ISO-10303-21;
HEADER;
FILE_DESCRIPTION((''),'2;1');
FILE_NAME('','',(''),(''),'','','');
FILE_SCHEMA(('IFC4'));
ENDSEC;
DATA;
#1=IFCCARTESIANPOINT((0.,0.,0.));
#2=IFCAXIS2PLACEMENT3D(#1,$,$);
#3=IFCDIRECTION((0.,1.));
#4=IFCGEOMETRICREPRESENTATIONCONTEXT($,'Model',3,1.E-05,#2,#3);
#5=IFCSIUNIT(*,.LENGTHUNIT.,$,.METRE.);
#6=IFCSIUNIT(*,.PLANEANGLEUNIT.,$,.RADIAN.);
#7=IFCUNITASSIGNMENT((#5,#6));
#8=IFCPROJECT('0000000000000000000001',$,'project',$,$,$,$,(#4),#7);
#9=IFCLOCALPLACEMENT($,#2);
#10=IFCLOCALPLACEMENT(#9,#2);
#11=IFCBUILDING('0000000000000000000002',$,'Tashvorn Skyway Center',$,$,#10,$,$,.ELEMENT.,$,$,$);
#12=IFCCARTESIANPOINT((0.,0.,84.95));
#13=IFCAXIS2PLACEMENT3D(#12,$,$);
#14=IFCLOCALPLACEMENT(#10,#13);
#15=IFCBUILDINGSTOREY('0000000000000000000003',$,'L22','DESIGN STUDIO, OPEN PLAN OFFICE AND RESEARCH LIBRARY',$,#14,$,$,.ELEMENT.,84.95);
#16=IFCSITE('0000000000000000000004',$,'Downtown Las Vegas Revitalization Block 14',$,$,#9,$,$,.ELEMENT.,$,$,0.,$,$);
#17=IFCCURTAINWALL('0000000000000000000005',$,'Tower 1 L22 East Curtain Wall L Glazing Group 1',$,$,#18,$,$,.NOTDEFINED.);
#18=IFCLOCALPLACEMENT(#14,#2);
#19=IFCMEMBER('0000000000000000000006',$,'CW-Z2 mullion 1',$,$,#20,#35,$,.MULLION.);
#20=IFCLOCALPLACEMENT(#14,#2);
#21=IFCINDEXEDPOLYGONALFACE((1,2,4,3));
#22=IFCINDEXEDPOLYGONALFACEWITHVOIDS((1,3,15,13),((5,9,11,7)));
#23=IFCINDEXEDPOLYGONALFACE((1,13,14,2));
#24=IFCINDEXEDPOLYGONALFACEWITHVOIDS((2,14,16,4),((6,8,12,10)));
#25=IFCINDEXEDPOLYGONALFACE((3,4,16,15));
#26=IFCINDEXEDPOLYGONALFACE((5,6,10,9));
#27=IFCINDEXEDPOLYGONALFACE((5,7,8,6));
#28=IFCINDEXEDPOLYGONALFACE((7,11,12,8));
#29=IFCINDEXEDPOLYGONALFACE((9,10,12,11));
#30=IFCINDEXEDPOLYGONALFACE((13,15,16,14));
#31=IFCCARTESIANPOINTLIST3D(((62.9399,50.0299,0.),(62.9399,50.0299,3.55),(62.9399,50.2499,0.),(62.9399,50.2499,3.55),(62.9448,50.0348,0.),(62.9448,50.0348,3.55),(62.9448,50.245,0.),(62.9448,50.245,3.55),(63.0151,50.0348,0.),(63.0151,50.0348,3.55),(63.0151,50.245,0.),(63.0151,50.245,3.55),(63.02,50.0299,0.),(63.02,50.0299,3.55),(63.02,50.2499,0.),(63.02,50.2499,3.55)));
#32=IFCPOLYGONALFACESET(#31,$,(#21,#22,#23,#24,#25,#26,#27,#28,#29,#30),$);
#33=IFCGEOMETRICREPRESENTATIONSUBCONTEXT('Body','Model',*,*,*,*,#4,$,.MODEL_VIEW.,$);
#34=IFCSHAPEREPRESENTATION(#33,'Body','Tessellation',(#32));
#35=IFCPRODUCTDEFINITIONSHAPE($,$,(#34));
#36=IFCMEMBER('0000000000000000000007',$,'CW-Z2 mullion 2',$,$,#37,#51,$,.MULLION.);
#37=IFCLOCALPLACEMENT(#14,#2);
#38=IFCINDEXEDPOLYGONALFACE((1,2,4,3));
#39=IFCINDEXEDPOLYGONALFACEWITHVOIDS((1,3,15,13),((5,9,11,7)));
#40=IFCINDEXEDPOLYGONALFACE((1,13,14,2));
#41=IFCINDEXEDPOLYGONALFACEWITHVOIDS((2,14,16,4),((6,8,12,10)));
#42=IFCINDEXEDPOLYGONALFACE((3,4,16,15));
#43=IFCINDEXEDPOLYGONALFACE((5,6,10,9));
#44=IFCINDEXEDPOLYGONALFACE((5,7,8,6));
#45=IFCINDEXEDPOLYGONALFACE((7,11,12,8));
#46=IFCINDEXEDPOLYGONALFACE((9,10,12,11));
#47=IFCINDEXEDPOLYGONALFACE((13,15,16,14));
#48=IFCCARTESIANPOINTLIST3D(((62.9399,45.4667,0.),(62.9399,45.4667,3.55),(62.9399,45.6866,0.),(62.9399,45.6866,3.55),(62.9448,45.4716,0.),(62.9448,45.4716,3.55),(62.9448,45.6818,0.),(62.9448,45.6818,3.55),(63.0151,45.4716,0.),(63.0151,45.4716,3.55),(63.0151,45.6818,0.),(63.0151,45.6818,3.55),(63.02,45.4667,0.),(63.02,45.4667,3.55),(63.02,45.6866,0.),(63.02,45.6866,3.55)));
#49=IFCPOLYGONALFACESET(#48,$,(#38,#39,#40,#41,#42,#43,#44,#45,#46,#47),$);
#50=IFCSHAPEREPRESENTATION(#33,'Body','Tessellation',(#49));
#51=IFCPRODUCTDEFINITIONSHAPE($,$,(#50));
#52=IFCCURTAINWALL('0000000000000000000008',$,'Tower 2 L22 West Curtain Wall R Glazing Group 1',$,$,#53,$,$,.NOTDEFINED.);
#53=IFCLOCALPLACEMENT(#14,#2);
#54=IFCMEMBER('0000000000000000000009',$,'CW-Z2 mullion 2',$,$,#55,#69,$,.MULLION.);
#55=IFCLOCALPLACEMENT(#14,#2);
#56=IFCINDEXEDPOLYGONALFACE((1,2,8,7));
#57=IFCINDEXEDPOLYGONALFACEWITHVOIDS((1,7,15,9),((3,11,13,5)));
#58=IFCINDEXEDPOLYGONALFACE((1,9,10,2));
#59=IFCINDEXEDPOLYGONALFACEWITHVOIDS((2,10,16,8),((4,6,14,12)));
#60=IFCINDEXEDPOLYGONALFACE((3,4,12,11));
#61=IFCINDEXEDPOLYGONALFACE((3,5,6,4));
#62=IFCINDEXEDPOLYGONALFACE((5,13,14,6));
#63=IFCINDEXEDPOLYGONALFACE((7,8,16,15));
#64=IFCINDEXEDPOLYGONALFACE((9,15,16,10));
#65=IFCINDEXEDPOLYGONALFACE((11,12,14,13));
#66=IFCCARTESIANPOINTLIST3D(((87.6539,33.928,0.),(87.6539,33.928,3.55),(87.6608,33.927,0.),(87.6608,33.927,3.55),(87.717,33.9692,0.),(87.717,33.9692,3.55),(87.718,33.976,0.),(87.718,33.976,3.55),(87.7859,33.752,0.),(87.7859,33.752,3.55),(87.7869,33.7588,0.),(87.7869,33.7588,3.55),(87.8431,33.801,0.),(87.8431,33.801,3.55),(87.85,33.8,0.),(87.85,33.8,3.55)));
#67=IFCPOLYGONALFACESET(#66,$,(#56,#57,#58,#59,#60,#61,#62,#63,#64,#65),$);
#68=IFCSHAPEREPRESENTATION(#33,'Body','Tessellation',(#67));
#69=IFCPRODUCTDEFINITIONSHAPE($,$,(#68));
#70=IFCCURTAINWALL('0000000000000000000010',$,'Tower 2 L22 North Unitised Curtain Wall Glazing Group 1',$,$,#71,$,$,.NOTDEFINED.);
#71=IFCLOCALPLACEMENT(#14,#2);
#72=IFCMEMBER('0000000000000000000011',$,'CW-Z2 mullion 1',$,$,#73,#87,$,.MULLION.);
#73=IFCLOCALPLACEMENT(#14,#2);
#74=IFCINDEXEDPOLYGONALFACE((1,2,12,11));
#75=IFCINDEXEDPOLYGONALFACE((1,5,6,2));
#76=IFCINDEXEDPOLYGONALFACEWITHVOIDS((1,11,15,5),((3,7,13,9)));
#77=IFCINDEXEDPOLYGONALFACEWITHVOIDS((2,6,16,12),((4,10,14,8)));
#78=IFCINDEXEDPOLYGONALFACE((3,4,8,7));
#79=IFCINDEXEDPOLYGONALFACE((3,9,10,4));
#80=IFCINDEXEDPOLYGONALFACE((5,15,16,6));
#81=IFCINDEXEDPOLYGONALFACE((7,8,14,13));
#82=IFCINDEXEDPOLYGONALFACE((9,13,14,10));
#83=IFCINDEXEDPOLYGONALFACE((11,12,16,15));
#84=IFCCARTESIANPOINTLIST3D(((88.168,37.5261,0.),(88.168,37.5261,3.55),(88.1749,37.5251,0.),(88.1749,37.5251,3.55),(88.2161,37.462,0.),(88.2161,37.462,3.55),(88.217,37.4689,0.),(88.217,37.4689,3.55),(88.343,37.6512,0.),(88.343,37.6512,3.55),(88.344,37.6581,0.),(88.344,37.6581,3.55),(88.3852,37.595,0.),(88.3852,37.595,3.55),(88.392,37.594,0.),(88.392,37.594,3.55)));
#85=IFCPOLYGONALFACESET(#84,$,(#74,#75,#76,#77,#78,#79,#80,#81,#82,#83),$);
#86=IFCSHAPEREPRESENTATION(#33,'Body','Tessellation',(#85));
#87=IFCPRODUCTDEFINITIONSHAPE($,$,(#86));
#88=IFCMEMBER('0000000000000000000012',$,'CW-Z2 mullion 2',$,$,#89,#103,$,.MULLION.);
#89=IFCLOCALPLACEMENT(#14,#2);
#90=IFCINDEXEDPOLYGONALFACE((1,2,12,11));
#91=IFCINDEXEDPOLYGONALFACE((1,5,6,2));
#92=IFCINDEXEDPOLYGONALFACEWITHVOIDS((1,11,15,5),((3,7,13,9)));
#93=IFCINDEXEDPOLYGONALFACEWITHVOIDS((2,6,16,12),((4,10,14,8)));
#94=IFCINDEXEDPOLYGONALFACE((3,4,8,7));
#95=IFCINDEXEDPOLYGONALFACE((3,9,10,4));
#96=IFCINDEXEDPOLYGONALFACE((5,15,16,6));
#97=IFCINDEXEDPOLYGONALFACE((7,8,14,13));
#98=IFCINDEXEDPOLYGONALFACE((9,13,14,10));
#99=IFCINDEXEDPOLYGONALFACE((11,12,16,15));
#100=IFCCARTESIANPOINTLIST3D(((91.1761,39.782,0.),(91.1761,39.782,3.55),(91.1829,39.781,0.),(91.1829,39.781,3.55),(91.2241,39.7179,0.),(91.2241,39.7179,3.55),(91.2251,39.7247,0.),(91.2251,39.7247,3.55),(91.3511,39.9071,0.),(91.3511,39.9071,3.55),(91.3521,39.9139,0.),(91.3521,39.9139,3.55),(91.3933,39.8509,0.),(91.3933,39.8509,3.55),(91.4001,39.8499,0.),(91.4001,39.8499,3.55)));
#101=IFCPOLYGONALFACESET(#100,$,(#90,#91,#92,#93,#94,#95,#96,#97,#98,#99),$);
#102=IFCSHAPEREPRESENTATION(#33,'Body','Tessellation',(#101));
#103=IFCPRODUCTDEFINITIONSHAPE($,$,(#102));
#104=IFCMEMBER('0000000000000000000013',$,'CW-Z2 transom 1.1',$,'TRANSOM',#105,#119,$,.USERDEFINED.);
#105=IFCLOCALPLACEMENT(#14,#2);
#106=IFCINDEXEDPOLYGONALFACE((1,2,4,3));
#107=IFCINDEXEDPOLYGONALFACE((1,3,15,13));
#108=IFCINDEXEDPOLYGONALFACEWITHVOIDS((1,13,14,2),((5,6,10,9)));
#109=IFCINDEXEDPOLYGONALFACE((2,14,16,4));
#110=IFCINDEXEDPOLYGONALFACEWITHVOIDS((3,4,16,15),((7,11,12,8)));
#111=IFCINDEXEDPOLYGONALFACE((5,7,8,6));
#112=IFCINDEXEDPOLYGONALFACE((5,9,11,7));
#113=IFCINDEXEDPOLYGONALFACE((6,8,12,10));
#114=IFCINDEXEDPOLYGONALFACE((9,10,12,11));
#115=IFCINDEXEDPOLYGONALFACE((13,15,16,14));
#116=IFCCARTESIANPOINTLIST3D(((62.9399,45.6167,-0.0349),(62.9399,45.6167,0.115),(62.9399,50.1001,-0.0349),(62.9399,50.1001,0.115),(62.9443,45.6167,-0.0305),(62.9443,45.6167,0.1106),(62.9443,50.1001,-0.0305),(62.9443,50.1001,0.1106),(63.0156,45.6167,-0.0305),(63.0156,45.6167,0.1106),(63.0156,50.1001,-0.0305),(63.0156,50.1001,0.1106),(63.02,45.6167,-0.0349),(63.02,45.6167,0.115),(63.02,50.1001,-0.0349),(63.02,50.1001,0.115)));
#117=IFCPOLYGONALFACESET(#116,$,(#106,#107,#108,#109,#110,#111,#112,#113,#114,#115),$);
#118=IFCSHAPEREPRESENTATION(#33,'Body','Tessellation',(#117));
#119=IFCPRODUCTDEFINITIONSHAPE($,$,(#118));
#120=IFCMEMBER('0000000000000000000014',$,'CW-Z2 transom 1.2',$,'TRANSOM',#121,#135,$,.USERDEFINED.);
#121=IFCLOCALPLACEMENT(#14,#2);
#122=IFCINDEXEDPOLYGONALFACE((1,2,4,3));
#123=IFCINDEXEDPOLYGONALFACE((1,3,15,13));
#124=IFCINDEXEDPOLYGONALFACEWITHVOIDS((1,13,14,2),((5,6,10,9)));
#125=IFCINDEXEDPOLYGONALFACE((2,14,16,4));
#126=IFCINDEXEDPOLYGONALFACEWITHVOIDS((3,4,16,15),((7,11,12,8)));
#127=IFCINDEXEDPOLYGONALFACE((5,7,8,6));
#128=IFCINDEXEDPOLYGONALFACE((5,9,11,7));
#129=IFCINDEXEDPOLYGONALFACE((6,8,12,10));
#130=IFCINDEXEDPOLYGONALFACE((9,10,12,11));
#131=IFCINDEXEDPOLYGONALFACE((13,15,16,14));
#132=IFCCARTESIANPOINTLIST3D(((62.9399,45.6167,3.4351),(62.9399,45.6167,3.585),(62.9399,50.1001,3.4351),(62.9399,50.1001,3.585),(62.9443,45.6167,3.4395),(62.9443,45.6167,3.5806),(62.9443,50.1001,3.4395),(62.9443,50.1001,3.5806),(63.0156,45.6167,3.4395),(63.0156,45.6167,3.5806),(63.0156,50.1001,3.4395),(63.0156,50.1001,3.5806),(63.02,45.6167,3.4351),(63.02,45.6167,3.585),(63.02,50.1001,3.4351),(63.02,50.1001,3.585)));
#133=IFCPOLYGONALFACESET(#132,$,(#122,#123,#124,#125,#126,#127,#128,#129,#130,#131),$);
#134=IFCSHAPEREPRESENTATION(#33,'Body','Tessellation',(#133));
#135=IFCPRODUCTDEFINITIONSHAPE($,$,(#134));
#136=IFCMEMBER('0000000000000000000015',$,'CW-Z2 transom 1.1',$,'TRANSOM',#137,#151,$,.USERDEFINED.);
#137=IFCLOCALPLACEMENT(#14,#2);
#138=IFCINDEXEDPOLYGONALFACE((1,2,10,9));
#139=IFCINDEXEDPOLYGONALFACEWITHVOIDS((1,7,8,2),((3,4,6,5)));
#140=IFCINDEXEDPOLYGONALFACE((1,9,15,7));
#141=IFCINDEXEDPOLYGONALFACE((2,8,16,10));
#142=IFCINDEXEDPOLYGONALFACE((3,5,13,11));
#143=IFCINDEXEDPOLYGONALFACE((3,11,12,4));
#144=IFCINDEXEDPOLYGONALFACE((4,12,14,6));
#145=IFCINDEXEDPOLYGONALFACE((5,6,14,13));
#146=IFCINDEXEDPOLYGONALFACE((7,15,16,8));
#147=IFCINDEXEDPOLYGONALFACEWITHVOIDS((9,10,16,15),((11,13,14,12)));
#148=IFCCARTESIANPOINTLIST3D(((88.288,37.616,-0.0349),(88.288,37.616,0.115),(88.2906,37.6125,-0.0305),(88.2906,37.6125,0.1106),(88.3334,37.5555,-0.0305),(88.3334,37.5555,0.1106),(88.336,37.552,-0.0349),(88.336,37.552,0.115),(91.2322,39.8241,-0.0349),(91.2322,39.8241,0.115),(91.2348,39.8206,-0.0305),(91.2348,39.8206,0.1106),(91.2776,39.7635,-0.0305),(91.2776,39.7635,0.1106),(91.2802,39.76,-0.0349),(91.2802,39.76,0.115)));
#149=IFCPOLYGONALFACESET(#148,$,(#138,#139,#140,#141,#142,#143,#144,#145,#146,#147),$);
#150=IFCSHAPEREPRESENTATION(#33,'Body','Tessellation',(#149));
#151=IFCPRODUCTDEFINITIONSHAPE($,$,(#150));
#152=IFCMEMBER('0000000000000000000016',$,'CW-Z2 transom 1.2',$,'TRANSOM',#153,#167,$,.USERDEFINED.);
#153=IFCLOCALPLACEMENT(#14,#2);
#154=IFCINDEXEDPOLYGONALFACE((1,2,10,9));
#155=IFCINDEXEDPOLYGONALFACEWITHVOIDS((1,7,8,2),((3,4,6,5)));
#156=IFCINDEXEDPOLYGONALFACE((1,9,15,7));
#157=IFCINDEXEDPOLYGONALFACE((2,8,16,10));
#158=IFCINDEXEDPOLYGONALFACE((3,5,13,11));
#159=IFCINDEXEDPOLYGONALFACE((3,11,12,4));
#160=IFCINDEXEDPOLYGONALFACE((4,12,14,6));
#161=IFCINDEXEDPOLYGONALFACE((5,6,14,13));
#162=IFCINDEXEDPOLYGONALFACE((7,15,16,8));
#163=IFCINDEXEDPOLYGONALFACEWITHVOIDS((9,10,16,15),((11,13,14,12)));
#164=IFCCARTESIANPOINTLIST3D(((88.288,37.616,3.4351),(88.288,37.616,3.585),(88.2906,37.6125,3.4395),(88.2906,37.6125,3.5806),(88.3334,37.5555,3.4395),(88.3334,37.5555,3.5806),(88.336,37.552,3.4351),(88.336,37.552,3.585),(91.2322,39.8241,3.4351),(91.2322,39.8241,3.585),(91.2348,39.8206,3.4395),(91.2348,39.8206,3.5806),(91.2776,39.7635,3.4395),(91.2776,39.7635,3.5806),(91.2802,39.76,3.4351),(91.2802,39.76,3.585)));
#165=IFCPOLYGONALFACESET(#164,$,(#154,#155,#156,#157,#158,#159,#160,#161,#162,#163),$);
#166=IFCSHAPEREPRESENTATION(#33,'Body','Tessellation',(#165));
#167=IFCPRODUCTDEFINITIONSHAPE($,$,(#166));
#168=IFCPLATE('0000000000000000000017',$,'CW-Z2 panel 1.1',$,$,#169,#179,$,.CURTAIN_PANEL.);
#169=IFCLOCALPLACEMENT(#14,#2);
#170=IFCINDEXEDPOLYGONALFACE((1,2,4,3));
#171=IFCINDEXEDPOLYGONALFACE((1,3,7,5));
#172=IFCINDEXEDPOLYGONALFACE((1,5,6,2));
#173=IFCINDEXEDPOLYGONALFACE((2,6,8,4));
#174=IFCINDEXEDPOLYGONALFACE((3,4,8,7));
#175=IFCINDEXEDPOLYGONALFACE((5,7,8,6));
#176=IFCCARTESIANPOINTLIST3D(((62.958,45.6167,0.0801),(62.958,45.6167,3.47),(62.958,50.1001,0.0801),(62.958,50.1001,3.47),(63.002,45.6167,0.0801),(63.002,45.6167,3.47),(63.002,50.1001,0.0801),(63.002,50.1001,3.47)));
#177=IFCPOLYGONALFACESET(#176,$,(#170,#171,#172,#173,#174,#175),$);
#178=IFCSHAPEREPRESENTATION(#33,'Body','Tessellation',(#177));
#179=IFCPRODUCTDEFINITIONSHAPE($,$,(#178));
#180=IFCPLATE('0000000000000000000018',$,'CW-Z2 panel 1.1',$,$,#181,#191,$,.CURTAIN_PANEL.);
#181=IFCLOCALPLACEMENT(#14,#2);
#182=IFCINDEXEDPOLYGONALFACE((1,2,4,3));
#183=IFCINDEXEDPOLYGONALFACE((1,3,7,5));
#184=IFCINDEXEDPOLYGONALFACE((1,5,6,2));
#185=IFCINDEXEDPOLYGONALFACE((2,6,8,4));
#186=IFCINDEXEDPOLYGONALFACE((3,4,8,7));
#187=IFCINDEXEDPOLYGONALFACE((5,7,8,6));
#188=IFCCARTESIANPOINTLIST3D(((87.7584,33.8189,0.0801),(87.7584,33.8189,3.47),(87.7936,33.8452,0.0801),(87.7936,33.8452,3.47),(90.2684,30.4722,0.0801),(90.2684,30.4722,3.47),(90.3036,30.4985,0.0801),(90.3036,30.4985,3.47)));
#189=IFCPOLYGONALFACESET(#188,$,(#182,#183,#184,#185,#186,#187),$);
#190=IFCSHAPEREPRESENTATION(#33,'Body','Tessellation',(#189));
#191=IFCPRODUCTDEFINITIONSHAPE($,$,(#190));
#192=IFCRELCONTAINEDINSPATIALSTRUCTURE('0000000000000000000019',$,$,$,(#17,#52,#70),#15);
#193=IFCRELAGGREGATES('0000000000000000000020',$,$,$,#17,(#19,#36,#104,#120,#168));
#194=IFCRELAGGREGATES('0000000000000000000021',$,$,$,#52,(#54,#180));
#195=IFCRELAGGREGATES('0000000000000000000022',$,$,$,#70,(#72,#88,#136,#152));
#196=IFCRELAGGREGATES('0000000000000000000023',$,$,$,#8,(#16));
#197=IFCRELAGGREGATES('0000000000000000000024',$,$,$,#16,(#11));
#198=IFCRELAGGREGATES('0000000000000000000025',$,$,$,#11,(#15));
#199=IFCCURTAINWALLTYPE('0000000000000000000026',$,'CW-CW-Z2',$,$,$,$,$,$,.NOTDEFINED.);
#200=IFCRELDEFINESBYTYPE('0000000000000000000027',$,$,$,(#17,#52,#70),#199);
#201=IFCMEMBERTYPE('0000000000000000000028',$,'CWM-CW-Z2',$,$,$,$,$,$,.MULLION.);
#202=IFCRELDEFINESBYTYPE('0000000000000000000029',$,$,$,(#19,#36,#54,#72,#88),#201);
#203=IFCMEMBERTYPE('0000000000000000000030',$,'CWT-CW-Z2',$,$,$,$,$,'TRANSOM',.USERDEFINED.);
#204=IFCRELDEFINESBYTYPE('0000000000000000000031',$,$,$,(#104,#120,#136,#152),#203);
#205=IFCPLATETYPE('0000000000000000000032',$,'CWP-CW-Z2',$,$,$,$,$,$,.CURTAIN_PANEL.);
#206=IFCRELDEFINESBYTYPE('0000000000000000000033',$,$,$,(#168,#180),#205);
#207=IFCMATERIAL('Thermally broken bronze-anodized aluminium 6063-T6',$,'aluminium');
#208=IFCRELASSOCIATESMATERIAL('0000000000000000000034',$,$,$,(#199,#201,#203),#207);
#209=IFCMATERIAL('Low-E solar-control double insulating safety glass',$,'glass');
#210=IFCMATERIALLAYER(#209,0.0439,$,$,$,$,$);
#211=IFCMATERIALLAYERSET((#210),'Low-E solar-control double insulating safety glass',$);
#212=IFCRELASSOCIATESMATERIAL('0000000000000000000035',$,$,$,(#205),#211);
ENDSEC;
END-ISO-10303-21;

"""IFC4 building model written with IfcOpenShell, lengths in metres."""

from ifc_helpers import new_model, si_unit, direction, frame, origin, origin_2d, place, context, subcontext, project, spatial, rectangle, hollow_rectangle, extrude, material, layer, layer_set, material_profile, profile_set, type_object, element, aggregate, save


model = new_model("IFC4")

# Units and contexts
model_context = context("Model", 3, precision=1e-05, world=origin(), true_north=direction((0.0, 1.0)))
body_context = subcontext(model_context, "Body", "Model", "MODEL_VIEW")
ifc_project = project(units=[si_unit("LENGTHUNIT", "METRE"), si_unit("PLANEANGLEUNIT", "RADIAN")], contexts=[model_context])

# Site, building, storey
site_placement = place(None, origin())
site = spatial("IfcSite", under=ifc_project, at=site_placement, Name="Downtown Las Vegas Revitalization Block 14", CompositionType="ELEMENT", RefElevation=0.0)
building_placement = place(site_placement, origin())
building = spatial("IfcBuilding", under=site, at=building_placement, Name="Tashvorn Skyway Center", CompositionType="ELEMENT")
storey_placement = place(building_placement, frame((0.0, 0.0, 84.95)))
storey = spatial("IfcBuildingStorey", under=building, at=storey_placement, Name="L22", Description="DESIGN STUDIO, OPEN PLAN OFFICE AND RESEARCH LIBRARY", CompositionType="ELEMENT", Elevation=84.95)

# Shared definitions
ifc_material_1 = material(Name="Thermally broken bronze-anodized aluminium 6063-T6", Category="aluminium")
curtain_wall_type = type_object("IfcCurtainWallType", Name="CW-CW-Z2", PredefinedType="NOTDEFINED", material=ifc_material_1)
ifc_material_profile_1 = material_profile(ifc_material_1, hollow_rectangle(XDim=0.0801, YDim=0.22, WallThickness=0.0049, at=origin_2d()), Name="ALU-MULL-80x220")
ifc_profile_set_1 = profile_set([ifc_material_profile_1], Name="Thermally broken bronze-anodized aluminium 6063-T6")
member_type_1 = type_object("IfcMemberType", Name="CWM-CW-Z2", PredefinedType="MULLION", material=ifc_profile_set_1)

# Curtain wall, members
curtain_wall_1_placement = place(storey_placement, origin())
curtain_wall_1 = element("IfcCurtainWall", 1, at=curtain_wall_1_placement, inside=storey, type_object=curtain_wall_type, Name="Tower 1 L22 East Curtain Wall L Glazing Group 1", PredefinedType="NOTDEFINED")
member_1_placement = place(storey_placement, frame((62.98, 50.1399, 0.0), z_axis=(0.0, 0.0, 1.0), x_axis=(1.0, 0.0, 0.0)))
member_1 = element("IfcMember", 2, at=member_1_placement, type_object=member_type_1, Name="CW-Z2 mullion 1", PredefinedType="MULLION", context=body_context, shape_type="SweptSolid", body=[
    extrude(hollow_rectangle(XDim=0.0801, YDim=0.22, WallThickness=0.0049, at=origin_2d()), origin(), (0.0, 0.0, 1.0), 3.55),
])
member_2_placement = place(storey_placement, frame((62.98, 45.5767, 0.0), z_axis=(0.0, 0.0, 1.0), x_axis=(1.0, 0.0, 0.0)))
member_2 = element("IfcMember", 3, at=member_2_placement, type_object=member_type_1, Name="CW-Z2 mullion 2", PredefinedType="MULLION", context=body_context, shape_type="SweptSolid", body=[
    extrude(hollow_rectangle(XDim=0.0801, YDim=0.22, WallThickness=0.0049, at=origin_2d()), origin(), (0.0, 0.0, 1.0), 3.55),
])

# Curtain wall, member
curtain_wall_2_placement = place(storey_placement, origin())
curtain_wall_2 = element("IfcCurtainWall", 4, at=curtain_wall_2_placement, inside=storey, type_object=curtain_wall_type, Name="Tower 2 L22 West Curtain Wall R Glazing Group 1", PredefinedType="NOTDEFINED")
member_3_placement = place(storey_placement, frame((87.752, 33.864, 0.0), z_axis=(0.0, 0.0, 1.0), x_axis=(-0.800003, -0.599996, 0.0)))
member_3 = element("IfcMember", 5, at=member_3_placement, type_object=member_type_1, Name="CW-Z2 mullion 2", PredefinedType="MULLION", context=body_context, shape_type="SweptSolid", body=[
    extrude(hollow_rectangle(XDim=0.0801, YDim=0.22, WallThickness=0.0049, at=origin_2d()), origin(), (0.0, 0.0, 1.0), 3.55),
])

# Curtain wall, members
curtain_wall_3_placement = place(storey_placement, origin())
curtain_wall_3 = element("IfcCurtainWall", 6, at=curtain_wall_3_placement, inside=storey, type_object=curtain_wall_type, Name="Tower 2 L22 North Unitised Curtain Wall Glazing Group 1", PredefinedType="NOTDEFINED")
member_4_placement = place(storey_placement, frame((88.28, 37.5601, 0.0), z_axis=(0.0, 0.0, 1.0), x_axis=(-0.6, 0.8, 0.0)))
member_4 = element("IfcMember", 7, at=member_4_placement, type_object=member_type_1, Name="CW-Z2 mullion 1", PredefinedType="MULLION", context=body_context, shape_type="SweptSolid", body=[
    extrude(hollow_rectangle(XDim=0.0801, YDim=0.22, WallThickness=0.0049, at=origin_2d()), origin(), (0.0, 0.0, 1.0), 3.55),
])
member_5_placement = place(storey_placement, frame((91.2881, 39.8159, 0.0), z_axis=(0.0, 0.0, 1.0), x_axis=(-0.6, 0.8, 0.0)))
member_5 = element("IfcMember", 8, at=member_5_placement, type_object=member_type_1, Name="CW-Z2 mullion 2", PredefinedType="MULLION", context=body_context, shape_type="SweptSolid", body=[
    extrude(hollow_rectangle(XDim=0.0801, YDim=0.22, WallThickness=0.0049, at=origin_2d()), origin(), (0.0, 0.0, 1.0), 3.55),
])

# Members
ifc_material_profile_2 = material_profile(ifc_material_1, hollow_rectangle(XDim=0.0801, YDim=0.1499, WallThickness=0.0044, at=origin_2d()), Name="ALU-TRAN-80x150")
ifc_profile_set_2 = profile_set([ifc_material_profile_2], Name="Thermally broken bronze-anodized aluminium 6063-T6")
member_type_2 = type_object("IfcMemberType", Name="CWT-CW-Z2", ElementType="TRANSOM", PredefinedType="USERDEFINED", material=ifc_profile_set_2)
member_6_placement = place(storey_placement, frame((62.98, 50.1001, 0.04), z_axis=(0.0, -1.0, 0.0), x_axis=(1.0, 0.0, 0.0)))
member_6 = element("IfcMember", 9, at=member_6_placement, type_object=member_type_2, Name="CW-Z2 transom 1.1", ObjectType="TRANSOM", PredefinedType="USERDEFINED", context=body_context, shape_type="SweptSolid", body=[
    extrude(hollow_rectangle(XDim=0.0801, YDim=0.1499, WallThickness=0.0044, at=origin_2d()), origin(), (0.0, 0.0, 1.0), 4.4834),
])
member_7_placement = place(storey_placement, frame((62.98, 50.1001, 3.51), z_axis=(0.0, -1.0, 0.0), x_axis=(1.0, 0.0, 0.0)))
member_7 = element("IfcMember", 10, at=member_7_placement, type_object=member_type_2, Name="CW-Z2 transom 1.2", ObjectType="TRANSOM", PredefinedType="USERDEFINED", context=body_context, shape_type="SweptSolid", body=[
    extrude(hollow_rectangle(XDim=0.0801, YDim=0.1499, WallThickness=0.0044, at=origin_2d()), origin(), (0.0, 0.0, 1.0), 4.4834),
])
member_8_placement = place(storey_placement, frame((88.312, 37.584, 0.04), z_axis=(0.800008, 0.599989, 0.0), x_axis=(-0.599989, 0.800008, 0.0)))
member_8 = element("IfcMember", 11, at=member_8_placement, type_object=member_type_2, Name="CW-Z2 transom 1.1", ObjectType="TRANSOM", PredefinedType="USERDEFINED", context=body_context, shape_type="SweptSolid", body=[
    extrude(hollow_rectangle(XDim=0.0801, YDim=0.1499, WallThickness=0.0044, at=origin_2d()), origin(), (0.0, 0.0, 1.0), 3.6802),
])
member_9_placement = place(storey_placement, frame((88.312, 37.584, 3.51), z_axis=(0.800008, 0.599989, 0.0), x_axis=(-0.599989, 0.800008, 0.0)))
member_9 = element("IfcMember", 12, at=member_9_placement, type_object=member_type_2, Name="CW-Z2 transom 1.2", ObjectType="TRANSOM", PredefinedType="USERDEFINED", context=body_context, shape_type="SweptSolid", body=[
    extrude(hollow_rectangle(XDim=0.0801, YDim=0.1499, WallThickness=0.0044, at=origin_2d()), origin(), (0.0, 0.0, 1.0), 3.6802),
])

# Plates
ifc_material_2 = material(Name="Low-E solar-control double insulating safety glass", Category="glass")
ifc_layer_1 = layer(ifc_material_2, 0.0439)
ifc_layer_set_1 = layer_set([ifc_layer_1], Name="Low-E solar-control double insulating safety glass")
plate_type = type_object("IfcPlateType", Name="CWP-CW-Z2", PredefinedType="CURTAIN_PANEL", material=ifc_layer_set_1)
plate_1_placement = place(storey_placement, frame((62.98, 47.8584, 0.0801), z_axis=(0.0, 0.0, 1.0), x_axis=(0.0, -1.0, 0.0)))
plate_1 = element("IfcPlate", 13, at=plate_1_placement, type_object=plate_type, Name="CW-Z2 panel 1.1", PredefinedType="CURTAIN_PANEL", context=body_context, shape_type="SweptSolid", body=[
    extrude(rectangle(XDim=4.4834, YDim=0.0439, at=origin_2d()), origin(), (0.0, 0.0, 1.0), 3.3899),
])
aggregate(curtain_wall_1, [member_1, member_2, member_6, member_7, plate_1])
plate_2_placement = place(storey_placement, frame((89.031, 32.1587, 0.0801), z_axis=(0.0, 0.0, 1.0), x_axis=(-0.599996, 0.800003, 0.0)))
plate_2 = element("IfcPlate", 14, at=plate_2_placement, type_object=plate_type, Name="CW-Z2 panel 1.1", PredefinedType="CURTAIN_PANEL", context=body_context, shape_type="SweptSolid", body=[
    extrude(rectangle(XDim=4.1833, YDim=0.0439, at=origin_2d()), origin(), (0.0, 0.0, 1.0), 3.3899),
])
aggregate(curtain_wall_2, [member_3, plate_2])
aggregate(curtain_wall_3, [member_4, member_5, member_8, member_9])

save(model, "model.ifc")
